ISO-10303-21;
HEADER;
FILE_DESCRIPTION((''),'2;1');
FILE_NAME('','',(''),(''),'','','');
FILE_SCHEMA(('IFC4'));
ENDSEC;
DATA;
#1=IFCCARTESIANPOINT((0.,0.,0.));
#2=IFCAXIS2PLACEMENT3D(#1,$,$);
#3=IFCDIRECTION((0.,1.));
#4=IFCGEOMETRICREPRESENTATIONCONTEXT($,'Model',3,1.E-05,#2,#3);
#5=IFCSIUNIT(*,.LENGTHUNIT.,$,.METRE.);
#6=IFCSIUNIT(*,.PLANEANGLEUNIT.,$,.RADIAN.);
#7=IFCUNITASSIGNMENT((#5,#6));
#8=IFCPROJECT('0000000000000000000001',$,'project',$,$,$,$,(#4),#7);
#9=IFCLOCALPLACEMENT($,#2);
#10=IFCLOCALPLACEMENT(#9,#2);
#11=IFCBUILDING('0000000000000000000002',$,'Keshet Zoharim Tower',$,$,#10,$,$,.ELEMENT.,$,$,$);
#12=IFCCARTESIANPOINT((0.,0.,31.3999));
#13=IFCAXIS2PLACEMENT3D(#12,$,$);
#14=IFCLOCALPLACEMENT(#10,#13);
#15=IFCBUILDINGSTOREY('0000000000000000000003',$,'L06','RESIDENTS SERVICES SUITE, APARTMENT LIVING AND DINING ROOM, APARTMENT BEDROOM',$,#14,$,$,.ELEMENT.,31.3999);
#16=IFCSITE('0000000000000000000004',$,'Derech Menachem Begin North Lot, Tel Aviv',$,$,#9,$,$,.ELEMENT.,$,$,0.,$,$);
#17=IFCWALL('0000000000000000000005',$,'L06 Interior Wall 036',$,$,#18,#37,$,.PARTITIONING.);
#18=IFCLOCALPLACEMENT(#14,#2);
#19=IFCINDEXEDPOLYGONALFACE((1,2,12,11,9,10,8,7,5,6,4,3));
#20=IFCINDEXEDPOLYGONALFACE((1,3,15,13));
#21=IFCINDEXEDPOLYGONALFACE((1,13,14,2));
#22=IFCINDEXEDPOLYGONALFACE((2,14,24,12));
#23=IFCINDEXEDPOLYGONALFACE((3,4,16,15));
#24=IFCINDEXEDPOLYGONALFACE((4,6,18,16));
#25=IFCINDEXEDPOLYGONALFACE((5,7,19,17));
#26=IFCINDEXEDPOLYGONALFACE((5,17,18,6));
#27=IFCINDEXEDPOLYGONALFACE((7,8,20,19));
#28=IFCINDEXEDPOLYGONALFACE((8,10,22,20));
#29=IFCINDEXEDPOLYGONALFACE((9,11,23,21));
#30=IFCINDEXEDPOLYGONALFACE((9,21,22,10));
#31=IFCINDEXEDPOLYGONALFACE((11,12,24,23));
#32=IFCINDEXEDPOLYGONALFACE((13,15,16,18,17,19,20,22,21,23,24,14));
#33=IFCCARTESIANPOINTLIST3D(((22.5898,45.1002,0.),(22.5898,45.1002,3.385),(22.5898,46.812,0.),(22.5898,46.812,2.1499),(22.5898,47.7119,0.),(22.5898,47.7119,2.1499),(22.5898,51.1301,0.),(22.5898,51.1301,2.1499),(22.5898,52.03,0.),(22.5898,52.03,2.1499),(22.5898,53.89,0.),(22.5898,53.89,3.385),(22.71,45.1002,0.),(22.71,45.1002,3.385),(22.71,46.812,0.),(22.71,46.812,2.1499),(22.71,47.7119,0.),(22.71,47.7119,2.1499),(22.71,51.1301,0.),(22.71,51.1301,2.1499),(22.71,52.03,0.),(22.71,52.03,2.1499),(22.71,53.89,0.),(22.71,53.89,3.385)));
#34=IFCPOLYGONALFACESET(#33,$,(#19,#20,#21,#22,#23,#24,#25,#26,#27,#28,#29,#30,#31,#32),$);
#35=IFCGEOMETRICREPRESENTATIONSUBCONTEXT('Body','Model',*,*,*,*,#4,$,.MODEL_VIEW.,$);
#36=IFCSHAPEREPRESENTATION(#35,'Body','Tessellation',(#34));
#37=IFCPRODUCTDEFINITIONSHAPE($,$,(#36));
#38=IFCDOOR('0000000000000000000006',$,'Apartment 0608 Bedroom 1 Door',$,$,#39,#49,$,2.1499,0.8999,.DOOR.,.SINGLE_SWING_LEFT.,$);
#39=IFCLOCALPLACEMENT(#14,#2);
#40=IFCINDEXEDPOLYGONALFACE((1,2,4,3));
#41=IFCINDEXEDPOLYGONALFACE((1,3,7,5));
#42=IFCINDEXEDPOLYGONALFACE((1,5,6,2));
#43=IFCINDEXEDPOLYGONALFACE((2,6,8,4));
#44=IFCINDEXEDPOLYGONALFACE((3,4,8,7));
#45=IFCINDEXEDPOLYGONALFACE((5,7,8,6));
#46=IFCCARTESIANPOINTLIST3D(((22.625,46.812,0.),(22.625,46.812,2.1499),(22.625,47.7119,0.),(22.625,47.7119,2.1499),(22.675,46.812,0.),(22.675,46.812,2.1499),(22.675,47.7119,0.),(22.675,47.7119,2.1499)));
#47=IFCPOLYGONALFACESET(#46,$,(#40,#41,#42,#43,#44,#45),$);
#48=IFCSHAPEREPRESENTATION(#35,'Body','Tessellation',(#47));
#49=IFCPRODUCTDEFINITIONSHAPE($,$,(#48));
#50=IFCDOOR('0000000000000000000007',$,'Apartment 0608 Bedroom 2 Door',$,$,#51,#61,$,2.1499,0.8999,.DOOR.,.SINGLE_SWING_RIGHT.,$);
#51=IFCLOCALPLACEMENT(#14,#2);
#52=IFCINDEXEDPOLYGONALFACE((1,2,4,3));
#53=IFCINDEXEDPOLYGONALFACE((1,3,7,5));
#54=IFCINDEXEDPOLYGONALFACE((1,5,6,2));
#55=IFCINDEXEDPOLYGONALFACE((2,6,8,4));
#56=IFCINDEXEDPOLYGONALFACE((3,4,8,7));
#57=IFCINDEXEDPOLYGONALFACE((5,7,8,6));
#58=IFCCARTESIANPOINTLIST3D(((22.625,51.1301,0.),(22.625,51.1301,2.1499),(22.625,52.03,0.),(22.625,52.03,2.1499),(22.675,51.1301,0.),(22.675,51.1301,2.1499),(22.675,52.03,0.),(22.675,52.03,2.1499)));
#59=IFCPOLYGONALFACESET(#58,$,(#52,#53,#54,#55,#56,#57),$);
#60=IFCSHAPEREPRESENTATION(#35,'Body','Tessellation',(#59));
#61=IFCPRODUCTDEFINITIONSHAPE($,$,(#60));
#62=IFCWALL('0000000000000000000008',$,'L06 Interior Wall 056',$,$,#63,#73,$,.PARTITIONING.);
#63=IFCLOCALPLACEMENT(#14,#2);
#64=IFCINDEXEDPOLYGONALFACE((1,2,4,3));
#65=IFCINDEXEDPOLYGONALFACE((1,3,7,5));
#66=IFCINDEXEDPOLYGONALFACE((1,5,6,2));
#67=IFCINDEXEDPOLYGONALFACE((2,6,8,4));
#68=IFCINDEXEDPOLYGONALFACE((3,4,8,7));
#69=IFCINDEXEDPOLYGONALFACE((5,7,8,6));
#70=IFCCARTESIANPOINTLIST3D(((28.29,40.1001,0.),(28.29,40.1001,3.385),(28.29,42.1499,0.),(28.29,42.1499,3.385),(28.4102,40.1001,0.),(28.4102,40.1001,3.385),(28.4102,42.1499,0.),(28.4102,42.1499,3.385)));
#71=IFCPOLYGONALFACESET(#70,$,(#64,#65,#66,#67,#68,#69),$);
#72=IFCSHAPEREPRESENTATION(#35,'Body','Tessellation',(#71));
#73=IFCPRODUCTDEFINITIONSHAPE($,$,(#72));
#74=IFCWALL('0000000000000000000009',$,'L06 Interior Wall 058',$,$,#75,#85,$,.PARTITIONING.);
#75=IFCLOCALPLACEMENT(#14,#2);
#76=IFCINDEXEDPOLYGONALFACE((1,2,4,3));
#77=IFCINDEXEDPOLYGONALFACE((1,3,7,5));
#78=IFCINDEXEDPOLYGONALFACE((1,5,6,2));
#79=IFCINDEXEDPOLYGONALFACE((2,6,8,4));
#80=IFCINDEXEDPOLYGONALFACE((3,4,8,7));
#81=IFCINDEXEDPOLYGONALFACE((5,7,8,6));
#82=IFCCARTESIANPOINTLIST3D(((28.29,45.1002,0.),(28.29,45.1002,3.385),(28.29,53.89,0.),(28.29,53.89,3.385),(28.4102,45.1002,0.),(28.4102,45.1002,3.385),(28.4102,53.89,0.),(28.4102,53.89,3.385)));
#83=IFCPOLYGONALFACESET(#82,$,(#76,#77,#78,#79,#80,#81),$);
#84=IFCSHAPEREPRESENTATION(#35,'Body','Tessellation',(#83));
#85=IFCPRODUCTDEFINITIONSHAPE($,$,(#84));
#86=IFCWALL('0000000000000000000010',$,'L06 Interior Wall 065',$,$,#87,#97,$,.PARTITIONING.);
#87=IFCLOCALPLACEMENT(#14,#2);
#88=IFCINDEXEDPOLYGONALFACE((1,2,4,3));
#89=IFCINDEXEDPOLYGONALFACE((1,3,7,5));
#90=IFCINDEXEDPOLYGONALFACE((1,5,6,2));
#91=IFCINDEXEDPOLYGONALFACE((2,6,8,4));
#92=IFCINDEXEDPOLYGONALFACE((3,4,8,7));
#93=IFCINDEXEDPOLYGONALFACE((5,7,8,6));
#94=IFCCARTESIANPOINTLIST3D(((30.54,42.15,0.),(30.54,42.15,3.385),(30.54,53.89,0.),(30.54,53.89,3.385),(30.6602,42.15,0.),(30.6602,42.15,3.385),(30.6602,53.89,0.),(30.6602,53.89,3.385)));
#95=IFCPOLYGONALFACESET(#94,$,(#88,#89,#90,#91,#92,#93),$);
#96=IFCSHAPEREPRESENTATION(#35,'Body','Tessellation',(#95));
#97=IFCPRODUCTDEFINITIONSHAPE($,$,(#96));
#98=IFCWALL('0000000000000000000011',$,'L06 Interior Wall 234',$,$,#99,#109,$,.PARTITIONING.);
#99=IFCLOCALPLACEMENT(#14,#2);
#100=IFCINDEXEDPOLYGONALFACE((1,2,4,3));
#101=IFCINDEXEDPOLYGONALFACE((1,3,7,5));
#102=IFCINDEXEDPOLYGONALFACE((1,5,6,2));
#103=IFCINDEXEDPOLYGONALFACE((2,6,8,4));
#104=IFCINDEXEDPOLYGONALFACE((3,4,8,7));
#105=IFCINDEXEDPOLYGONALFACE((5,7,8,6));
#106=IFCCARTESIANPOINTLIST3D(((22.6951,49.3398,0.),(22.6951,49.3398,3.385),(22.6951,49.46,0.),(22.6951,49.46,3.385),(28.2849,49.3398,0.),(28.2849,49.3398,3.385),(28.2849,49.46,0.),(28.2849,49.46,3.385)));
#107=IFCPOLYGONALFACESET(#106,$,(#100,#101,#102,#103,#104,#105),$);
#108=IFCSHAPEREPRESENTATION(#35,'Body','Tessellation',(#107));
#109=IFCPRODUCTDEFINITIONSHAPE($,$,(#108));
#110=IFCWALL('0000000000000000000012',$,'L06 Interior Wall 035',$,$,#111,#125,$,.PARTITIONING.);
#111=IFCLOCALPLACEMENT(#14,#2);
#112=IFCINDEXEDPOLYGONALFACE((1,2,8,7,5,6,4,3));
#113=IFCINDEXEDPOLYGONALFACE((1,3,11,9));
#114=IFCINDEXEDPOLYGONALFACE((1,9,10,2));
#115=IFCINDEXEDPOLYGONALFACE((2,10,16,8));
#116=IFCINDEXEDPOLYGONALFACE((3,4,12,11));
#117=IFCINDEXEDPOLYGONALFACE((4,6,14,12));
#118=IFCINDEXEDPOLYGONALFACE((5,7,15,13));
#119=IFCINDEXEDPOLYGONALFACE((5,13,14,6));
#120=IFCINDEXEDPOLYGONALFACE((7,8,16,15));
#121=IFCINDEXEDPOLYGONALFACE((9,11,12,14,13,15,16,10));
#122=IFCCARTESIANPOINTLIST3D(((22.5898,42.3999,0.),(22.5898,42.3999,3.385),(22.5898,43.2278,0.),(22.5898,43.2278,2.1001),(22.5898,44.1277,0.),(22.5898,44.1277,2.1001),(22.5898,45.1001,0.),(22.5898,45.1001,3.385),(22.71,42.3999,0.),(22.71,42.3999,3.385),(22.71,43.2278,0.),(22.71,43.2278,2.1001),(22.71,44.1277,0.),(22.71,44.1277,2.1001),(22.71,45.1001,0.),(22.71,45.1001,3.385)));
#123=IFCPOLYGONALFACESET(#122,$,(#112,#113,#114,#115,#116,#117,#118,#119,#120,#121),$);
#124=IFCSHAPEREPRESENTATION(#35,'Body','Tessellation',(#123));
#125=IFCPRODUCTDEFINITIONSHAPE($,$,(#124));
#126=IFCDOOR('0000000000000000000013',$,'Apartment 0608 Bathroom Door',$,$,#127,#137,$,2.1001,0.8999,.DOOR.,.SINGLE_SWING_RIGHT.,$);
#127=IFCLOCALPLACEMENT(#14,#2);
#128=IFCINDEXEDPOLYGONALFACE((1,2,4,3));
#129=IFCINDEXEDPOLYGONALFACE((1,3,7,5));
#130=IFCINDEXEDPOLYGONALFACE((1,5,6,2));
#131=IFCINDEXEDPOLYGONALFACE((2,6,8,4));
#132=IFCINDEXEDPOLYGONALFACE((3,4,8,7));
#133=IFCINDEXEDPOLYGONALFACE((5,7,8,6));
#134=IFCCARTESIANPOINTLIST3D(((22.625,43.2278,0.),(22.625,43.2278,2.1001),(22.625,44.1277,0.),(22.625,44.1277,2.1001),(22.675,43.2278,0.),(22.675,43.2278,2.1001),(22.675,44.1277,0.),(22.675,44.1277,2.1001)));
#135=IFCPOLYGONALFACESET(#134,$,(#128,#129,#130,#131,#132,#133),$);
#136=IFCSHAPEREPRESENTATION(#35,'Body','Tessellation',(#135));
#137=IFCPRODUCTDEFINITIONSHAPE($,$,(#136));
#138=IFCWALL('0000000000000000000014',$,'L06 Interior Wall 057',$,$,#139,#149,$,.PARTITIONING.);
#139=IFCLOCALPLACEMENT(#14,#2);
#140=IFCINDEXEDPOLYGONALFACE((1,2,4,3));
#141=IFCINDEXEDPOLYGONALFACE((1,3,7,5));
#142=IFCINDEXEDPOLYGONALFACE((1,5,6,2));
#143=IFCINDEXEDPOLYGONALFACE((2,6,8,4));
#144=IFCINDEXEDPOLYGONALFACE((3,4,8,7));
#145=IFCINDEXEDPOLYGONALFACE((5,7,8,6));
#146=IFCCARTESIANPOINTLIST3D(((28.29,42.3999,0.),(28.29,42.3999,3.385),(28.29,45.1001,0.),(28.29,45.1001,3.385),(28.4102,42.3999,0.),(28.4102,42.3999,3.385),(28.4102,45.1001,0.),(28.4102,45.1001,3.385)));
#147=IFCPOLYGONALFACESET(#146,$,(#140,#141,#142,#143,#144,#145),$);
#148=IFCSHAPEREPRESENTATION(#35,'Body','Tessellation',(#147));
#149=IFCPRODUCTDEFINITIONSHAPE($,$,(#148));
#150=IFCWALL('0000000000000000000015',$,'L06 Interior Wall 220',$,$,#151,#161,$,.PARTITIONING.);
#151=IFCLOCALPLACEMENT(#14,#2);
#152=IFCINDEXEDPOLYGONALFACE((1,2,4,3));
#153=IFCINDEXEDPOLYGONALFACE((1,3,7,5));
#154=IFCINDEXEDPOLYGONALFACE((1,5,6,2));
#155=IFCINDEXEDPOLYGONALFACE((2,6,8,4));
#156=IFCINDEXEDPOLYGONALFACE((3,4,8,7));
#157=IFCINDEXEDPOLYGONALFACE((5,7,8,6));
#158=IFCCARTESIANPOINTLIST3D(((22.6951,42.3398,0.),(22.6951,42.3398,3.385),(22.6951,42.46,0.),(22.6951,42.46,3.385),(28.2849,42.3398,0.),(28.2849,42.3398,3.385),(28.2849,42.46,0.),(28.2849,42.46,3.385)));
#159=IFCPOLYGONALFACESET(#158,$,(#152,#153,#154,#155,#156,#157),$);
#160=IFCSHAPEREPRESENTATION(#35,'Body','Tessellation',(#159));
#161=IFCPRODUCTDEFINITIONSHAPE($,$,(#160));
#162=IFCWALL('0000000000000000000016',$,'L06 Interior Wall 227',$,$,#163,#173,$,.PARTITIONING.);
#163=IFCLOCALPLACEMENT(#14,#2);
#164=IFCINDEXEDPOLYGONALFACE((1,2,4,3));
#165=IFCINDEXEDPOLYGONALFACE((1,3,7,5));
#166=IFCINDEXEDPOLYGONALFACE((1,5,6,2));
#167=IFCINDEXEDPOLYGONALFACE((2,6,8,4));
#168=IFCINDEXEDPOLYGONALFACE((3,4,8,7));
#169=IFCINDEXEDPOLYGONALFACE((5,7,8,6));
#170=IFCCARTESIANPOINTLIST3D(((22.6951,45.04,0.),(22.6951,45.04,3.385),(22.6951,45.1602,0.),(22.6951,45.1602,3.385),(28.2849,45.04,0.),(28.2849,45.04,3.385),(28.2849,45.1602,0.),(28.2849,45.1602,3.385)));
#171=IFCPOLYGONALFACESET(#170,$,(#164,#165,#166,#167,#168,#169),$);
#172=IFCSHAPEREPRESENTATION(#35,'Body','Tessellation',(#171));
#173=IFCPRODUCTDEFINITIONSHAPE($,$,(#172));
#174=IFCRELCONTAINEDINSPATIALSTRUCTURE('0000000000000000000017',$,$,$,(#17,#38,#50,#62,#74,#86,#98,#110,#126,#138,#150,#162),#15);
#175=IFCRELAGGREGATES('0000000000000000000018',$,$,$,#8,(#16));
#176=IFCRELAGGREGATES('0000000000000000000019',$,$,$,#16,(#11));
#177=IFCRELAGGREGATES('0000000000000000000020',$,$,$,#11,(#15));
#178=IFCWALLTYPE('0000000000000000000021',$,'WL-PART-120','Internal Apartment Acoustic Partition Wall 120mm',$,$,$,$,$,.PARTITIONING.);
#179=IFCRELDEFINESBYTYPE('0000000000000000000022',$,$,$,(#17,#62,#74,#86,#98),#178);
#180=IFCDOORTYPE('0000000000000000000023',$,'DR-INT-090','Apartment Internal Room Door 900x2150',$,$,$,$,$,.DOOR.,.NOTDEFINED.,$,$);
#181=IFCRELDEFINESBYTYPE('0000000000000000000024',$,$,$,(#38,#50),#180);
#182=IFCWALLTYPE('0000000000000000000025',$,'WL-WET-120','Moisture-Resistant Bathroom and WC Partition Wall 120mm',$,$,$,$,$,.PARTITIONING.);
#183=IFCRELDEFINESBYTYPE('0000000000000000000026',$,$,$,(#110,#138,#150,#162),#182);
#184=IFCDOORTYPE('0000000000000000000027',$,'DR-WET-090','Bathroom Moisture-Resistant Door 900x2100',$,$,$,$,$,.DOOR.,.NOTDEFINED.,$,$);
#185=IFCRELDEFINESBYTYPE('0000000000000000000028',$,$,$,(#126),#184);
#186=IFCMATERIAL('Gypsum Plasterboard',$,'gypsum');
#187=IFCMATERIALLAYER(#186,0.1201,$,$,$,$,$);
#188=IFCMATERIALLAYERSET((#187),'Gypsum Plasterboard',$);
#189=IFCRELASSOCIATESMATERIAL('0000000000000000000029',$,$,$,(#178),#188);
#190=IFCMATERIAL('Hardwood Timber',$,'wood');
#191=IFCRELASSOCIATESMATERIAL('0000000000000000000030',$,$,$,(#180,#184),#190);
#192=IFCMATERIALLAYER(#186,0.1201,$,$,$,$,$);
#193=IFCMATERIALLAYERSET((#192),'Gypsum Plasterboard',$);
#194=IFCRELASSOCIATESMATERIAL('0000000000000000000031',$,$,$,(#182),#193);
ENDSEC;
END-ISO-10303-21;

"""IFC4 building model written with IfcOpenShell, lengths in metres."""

from ifc_helpers import new_model, si_unit, direction, frame, frame_2d, origin, place, context, subcontext, project, spatial, rectangle, extrude, material, layer, layer_set, type_object, element, fill, save


model = new_model("IFC4")

# Units and contexts
model_context = context("Model", 3, precision=1e-05, world=origin(), true_north=direction((0.0, 1.0)))
body_context = subcontext(model_context, "Body", "Model", "MODEL_VIEW")
ifc_project = project(units=[si_unit("LENGTHUNIT", "METRE"), si_unit("PLANEANGLEUNIT", "RADIAN")], contexts=[model_context])

# Site, building, storey
site_placement = place(None, origin())
site = spatial("IfcSite", under=ifc_project, at=site_placement, Name="Derech Menachem Begin North Lot, Tel Aviv", CompositionType="ELEMENT", RefElevation=0.0)
building_placement = place(site_placement, origin())
building = spatial("IfcBuilding", under=site, at=building_placement, Name="Keshet Zoharim Tower", CompositionType="ELEMENT")
storey_placement = place(building_placement, frame((0.0, 0.0, 31.3999)))
storey = spatial("IfcBuildingStorey", under=building, at=storey_placement, Name="L06", Description="RESIDENTS SERVICES SUITE, APARTMENT LIVING AND DINING ROOM, APARTMENT BEDROOM", CompositionType="ELEMENT", Elevation=31.3999)

# Shared definitions
ifc_material_1 = material(Name="Gypsum Plasterboard", Category="gypsum")

# Shared definitions
ifc_material_2 = material(Name="Hardwood Timber", Category="wood")
ifc_layer_1 = layer(ifc_material_1, 0.1201)
ifc_layer_set_1 = layer_set([ifc_layer_1], Name="Gypsum Plasterboard")
wall_type_1 = type_object("IfcWallType", Name="WL-PART-120", Description="Internal Apartment Acoustic Partition Wall 120mm", PredefinedType="PARTITIONING", material=ifc_layer_set_1)
door_type_1 = type_object("IfcDoorType", Name="DR-INT-090", Description="Apartment Internal Room Door 900x2150", OperationType="NOTDEFINED", PredefinedType="DOOR", material=ifc_material_2)

# Wall, openings, doors
wall_1_placement = place(storey_placement, frame((22.6499, 45.1001, 0.0), z_axis=(0.0, 0.0, 1.0), x_axis=(0.0, 1.0, 0.0)))
wall_1 = element("IfcWall", 1, at=wall_1_placement, inside=storey, type_object=wall_type_1, Name="L06 Interior Wall 036", PredefinedType="PARTITIONING", context=body_context, shape_type="SweptSolid", body=[
    extrude(rectangle(XDim=8.7898, YDim=0.1201, at=frame_2d((4.395, 0.0))), origin(), (0.0, 0.0, 1.0), 3.385),
])
opening_1_placement = place(wall_1_placement, frame((1.7119, 0.0, 0.0)))
opening_1 = element("IfcOpeningElement", 2, at=opening_1_placement, cuts=wall_1, PredefinedType="OPENING", context=body_context, shape_type="SweptSolid", body=[
    extrude(rectangle(XDim=0.8999, YDim=2.1499, at=frame_2d((0.45, 1.075))), frame((0.0, 0.0701, 0.0), z_axis=(0.0, -1.0, 0.0), x_axis=(1.0, 0.0, 0.0)), (0.0, 0.0, 1.0), 0.1401),
])
opening_2_placement = place(wall_1_placement, frame((6.03, 0.0, 0.0)))
opening_2 = element("IfcOpeningElement", 3, at=opening_2_placement, cuts=wall_1, PredefinedType="OPENING", context=body_context, shape_type="SweptSolid", body=[
    extrude(rectangle(XDim=0.8999, YDim=2.1499, at=frame_2d((0.45, 1.075))), frame((0.0, 0.0701, 0.0), z_axis=(0.0, -1.0, 0.0), x_axis=(1.0, 0.0, 0.0)), (0.0, 0.0, 1.0), 0.1401),
])
door_1_placement = place(opening_1_placement, origin())
door_1 = element("IfcDoor", 4, at=door_1_placement, inside=storey, type_object=door_type_1, Name="Apartment 0608 Bedroom 1 Door", OperationType="SINGLE_SWING_LEFT", OverallHeight=2.1499, OverallWidth=0.8999, PredefinedType="DOOR", context=body_context, shape_type="SweptSolid", body=[
    extrude(rectangle(XDim=0.8999, YDim=2.1499, at=frame_2d((0.45, 1.075))), frame((0.0, 0.0249, 0.0), z_axis=(0.0, -1.0, 0.0), x_axis=(1.0, 0.0, 0.0)), (0.0, 0.0, 1.0), 0.05),
])
fill(opening_1, door_1)
door_2_placement = place(opening_2_placement, origin())
door_2 = element("IfcDoor", 5, at=door_2_placement, inside=storey, type_object=door_type_1, Name="Apartment 0608 Bedroom 2 Door", OperationType="SINGLE_SWING_RIGHT", OverallHeight=2.1499, OverallWidth=0.8999, PredefinedType="DOOR", context=body_context, shape_type="SweptSolid", body=[
    extrude(rectangle(XDim=0.8999, YDim=2.1499, at=frame_2d((0.45, 1.075))), frame((0.0, 0.0249, 0.0), z_axis=(0.0, -1.0, 0.0), x_axis=(1.0, 0.0, 0.0)), (0.0, 0.0, 1.0), 0.05),
])
fill(opening_2, door_2)

# Walls
wall_2_placement = place(storey_placement, frame((28.3501, 40.1001, 0.0), z_axis=(0.0, 0.0, 1.0), x_axis=(0.0, 1.0, 0.0)))
element("IfcWall", 6, at=wall_2_placement, inside=storey, type_object=wall_type_1, Name="L06 Interior Wall 056", PredefinedType="PARTITIONING", context=body_context, shape_type="SweptSolid", body=[
    extrude(rectangle(XDim=2.0498, YDim=0.1201, at=frame_2d((1.0249, 0.0))), origin(), (0.0, 0.0, 1.0), 3.385),
])
wall_3_placement = place(storey_placement, frame((28.3501, 45.1001, 0.0), z_axis=(0.0, 0.0, 1.0), x_axis=(0.0, 1.0, 0.0)))
element("IfcWall", 7, at=wall_3_placement, inside=storey, type_object=wall_type_1, Name="L06 Interior Wall 058", PredefinedType="PARTITIONING", context=body_context, shape_type="SweptSolid", body=[
    extrude(rectangle(XDim=8.7898, YDim=0.1201, at=frame_2d((4.395, 0.0))), origin(), (0.0, 0.0, 1.0), 3.385),
])
wall_4_placement = place(storey_placement, frame((30.6001, 42.1499, 0.0), z_axis=(0.0, 0.0, 1.0), x_axis=(0.0, 1.0, 0.0)))
element("IfcWall", 8, at=wall_4_placement, inside=storey, type_object=wall_type_1, Name="L06 Interior Wall 065", PredefinedType="PARTITIONING", context=body_context, shape_type="SweptSolid", body=[
    extrude(rectangle(XDim=11.74, YDim=0.1201, at=frame_2d((5.8701, 0.0))), origin(), (0.0, 0.0, 1.0), 3.385),
])

# Wall
wall_5_placement = place(storey_placement, frame((22.6951, 49.3999, 0.0), z_axis=(0.0, 0.0, 1.0), x_axis=(1.0, 0.0, 0.0)))
element("IfcWall", 9, at=wall_5_placement, inside=storey, type_object=wall_type_1, Name="L06 Interior Wall 234", PredefinedType="PARTITIONING", context=body_context, shape_type="SweptSolid", body=[
    extrude(rectangle(XDim=5.5898, YDim=0.1201, at=frame_2d((2.7949, 0.0))), origin(), (0.0, 0.0, 1.0), 3.385),
])

# Wall, opening, door
ifc_layer_2 = layer(ifc_material_1, 0.1201)
ifc_layer_set_2 = layer_set([ifc_layer_2], Name="Gypsum Plasterboard")
wall_type_2 = type_object("IfcWallType", Name="WL-WET-120", Description="Moisture-Resistant Bathroom and WC Partition Wall 120mm", PredefinedType="PARTITIONING", material=ifc_layer_set_2)
wall_6_placement = place(storey_placement, frame((22.6499, 42.3999, 0.0), z_axis=(0.0, 0.0, 1.0), x_axis=(0.0, 1.0, 0.0)))
wall_6 = element("IfcWall", 10, at=wall_6_placement, inside=storey, type_object=wall_type_2, Name="L06 Interior Wall 035", PredefinedType="PARTITIONING", context=body_context, shape_type="SweptSolid", body=[
    extrude(rectangle(XDim=2.7002, YDim=0.1201, at=frame_2d((1.3501, 0.0))), origin(), (0.0, 0.0, 1.0), 3.385),
])
opening_3_placement = place(wall_6_placement, frame((0.8279, 0.0, 0.0)))
opening_3 = element("IfcOpeningElement", 11, at=opening_3_placement, cuts=wall_6, PredefinedType="OPENING", context=body_context, shape_type="SweptSolid", body=[
    extrude(rectangle(XDim=0.8999, YDim=2.1001, at=frame_2d((0.45, 1.05))), frame((0.0, 0.0701, 0.0), z_axis=(0.0, -1.0, 0.0), x_axis=(1.0, 0.0, 0.0)), (0.0, 0.0, 1.0), 0.1401),
])
door_type_2 = type_object("IfcDoorType", Name="DR-WET-090", Description="Bathroom Moisture-Resistant Door 900x2100", OperationType="NOTDEFINED", PredefinedType="DOOR", material=ifc_material_2)
door_3_placement = place(opening_3_placement, origin())
door_3 = element("IfcDoor", 12, at=door_3_placement, inside=storey, type_object=door_type_2, Name="Apartment 0608 Bathroom Door", OperationType="SINGLE_SWING_RIGHT", OverallHeight=2.1001, OverallWidth=0.8999, PredefinedType="DOOR", context=body_context, shape_type="SweptSolid", body=[
    extrude(rectangle(XDim=0.8999, YDim=2.1001, at=frame_2d((0.45, 1.05))), frame((0.0, 0.0249, 0.0), z_axis=(0.0, -1.0, 0.0), x_axis=(1.0, 0.0, 0.0)), (0.0, 0.0, 1.0), 0.05),
])
fill(opening_3, door_3)

# Walls
wall_7_placement = place(storey_placement, frame((28.3501, 42.3999, 0.0), z_axis=(0.0, 0.0, 1.0), x_axis=(0.0, 1.0, 0.0)))
element("IfcWall", 13, at=wall_7_placement, inside=storey, type_object=wall_type_2, Name="L06 Interior Wall 057", PredefinedType="PARTITIONING", context=body_context, shape_type="SweptSolid", body=[
    extrude(rectangle(XDim=2.7002, YDim=0.1201, at=frame_2d((1.3501, 0.0))), origin(), (0.0, 0.0, 1.0), 3.385),
])
for number, where, z_axis, x_axis, name in (
    (14, (22.6951, 42.3999, 0.0), (0.0, 0.0, 1.0), (1.0, 0.0, 0.0), "L06 Interior Wall 220"),
    (15, (22.6951, 45.1001, 0.0), (0.0, 0.0, 1.0), (1.0, 0.0, 0.0), "L06 Interior Wall 227"),
):
    element("IfcWall", number, at=place(storey_placement, frame(where, z_axis=z_axis, x_axis=x_axis)), inside=storey, type_object=wall_type_2, Name=name, PredefinedType="PARTITIONING", context=body_context, shape_type="SweptSolid", body=[
        extrude(rectangle(XDim=5.5898, YDim=0.1201, at=frame_2d((2.7949, 0.0))), origin(), (0.0, 0.0, 1.0), 3.385),
    ])

save(model, "model.ifc")
